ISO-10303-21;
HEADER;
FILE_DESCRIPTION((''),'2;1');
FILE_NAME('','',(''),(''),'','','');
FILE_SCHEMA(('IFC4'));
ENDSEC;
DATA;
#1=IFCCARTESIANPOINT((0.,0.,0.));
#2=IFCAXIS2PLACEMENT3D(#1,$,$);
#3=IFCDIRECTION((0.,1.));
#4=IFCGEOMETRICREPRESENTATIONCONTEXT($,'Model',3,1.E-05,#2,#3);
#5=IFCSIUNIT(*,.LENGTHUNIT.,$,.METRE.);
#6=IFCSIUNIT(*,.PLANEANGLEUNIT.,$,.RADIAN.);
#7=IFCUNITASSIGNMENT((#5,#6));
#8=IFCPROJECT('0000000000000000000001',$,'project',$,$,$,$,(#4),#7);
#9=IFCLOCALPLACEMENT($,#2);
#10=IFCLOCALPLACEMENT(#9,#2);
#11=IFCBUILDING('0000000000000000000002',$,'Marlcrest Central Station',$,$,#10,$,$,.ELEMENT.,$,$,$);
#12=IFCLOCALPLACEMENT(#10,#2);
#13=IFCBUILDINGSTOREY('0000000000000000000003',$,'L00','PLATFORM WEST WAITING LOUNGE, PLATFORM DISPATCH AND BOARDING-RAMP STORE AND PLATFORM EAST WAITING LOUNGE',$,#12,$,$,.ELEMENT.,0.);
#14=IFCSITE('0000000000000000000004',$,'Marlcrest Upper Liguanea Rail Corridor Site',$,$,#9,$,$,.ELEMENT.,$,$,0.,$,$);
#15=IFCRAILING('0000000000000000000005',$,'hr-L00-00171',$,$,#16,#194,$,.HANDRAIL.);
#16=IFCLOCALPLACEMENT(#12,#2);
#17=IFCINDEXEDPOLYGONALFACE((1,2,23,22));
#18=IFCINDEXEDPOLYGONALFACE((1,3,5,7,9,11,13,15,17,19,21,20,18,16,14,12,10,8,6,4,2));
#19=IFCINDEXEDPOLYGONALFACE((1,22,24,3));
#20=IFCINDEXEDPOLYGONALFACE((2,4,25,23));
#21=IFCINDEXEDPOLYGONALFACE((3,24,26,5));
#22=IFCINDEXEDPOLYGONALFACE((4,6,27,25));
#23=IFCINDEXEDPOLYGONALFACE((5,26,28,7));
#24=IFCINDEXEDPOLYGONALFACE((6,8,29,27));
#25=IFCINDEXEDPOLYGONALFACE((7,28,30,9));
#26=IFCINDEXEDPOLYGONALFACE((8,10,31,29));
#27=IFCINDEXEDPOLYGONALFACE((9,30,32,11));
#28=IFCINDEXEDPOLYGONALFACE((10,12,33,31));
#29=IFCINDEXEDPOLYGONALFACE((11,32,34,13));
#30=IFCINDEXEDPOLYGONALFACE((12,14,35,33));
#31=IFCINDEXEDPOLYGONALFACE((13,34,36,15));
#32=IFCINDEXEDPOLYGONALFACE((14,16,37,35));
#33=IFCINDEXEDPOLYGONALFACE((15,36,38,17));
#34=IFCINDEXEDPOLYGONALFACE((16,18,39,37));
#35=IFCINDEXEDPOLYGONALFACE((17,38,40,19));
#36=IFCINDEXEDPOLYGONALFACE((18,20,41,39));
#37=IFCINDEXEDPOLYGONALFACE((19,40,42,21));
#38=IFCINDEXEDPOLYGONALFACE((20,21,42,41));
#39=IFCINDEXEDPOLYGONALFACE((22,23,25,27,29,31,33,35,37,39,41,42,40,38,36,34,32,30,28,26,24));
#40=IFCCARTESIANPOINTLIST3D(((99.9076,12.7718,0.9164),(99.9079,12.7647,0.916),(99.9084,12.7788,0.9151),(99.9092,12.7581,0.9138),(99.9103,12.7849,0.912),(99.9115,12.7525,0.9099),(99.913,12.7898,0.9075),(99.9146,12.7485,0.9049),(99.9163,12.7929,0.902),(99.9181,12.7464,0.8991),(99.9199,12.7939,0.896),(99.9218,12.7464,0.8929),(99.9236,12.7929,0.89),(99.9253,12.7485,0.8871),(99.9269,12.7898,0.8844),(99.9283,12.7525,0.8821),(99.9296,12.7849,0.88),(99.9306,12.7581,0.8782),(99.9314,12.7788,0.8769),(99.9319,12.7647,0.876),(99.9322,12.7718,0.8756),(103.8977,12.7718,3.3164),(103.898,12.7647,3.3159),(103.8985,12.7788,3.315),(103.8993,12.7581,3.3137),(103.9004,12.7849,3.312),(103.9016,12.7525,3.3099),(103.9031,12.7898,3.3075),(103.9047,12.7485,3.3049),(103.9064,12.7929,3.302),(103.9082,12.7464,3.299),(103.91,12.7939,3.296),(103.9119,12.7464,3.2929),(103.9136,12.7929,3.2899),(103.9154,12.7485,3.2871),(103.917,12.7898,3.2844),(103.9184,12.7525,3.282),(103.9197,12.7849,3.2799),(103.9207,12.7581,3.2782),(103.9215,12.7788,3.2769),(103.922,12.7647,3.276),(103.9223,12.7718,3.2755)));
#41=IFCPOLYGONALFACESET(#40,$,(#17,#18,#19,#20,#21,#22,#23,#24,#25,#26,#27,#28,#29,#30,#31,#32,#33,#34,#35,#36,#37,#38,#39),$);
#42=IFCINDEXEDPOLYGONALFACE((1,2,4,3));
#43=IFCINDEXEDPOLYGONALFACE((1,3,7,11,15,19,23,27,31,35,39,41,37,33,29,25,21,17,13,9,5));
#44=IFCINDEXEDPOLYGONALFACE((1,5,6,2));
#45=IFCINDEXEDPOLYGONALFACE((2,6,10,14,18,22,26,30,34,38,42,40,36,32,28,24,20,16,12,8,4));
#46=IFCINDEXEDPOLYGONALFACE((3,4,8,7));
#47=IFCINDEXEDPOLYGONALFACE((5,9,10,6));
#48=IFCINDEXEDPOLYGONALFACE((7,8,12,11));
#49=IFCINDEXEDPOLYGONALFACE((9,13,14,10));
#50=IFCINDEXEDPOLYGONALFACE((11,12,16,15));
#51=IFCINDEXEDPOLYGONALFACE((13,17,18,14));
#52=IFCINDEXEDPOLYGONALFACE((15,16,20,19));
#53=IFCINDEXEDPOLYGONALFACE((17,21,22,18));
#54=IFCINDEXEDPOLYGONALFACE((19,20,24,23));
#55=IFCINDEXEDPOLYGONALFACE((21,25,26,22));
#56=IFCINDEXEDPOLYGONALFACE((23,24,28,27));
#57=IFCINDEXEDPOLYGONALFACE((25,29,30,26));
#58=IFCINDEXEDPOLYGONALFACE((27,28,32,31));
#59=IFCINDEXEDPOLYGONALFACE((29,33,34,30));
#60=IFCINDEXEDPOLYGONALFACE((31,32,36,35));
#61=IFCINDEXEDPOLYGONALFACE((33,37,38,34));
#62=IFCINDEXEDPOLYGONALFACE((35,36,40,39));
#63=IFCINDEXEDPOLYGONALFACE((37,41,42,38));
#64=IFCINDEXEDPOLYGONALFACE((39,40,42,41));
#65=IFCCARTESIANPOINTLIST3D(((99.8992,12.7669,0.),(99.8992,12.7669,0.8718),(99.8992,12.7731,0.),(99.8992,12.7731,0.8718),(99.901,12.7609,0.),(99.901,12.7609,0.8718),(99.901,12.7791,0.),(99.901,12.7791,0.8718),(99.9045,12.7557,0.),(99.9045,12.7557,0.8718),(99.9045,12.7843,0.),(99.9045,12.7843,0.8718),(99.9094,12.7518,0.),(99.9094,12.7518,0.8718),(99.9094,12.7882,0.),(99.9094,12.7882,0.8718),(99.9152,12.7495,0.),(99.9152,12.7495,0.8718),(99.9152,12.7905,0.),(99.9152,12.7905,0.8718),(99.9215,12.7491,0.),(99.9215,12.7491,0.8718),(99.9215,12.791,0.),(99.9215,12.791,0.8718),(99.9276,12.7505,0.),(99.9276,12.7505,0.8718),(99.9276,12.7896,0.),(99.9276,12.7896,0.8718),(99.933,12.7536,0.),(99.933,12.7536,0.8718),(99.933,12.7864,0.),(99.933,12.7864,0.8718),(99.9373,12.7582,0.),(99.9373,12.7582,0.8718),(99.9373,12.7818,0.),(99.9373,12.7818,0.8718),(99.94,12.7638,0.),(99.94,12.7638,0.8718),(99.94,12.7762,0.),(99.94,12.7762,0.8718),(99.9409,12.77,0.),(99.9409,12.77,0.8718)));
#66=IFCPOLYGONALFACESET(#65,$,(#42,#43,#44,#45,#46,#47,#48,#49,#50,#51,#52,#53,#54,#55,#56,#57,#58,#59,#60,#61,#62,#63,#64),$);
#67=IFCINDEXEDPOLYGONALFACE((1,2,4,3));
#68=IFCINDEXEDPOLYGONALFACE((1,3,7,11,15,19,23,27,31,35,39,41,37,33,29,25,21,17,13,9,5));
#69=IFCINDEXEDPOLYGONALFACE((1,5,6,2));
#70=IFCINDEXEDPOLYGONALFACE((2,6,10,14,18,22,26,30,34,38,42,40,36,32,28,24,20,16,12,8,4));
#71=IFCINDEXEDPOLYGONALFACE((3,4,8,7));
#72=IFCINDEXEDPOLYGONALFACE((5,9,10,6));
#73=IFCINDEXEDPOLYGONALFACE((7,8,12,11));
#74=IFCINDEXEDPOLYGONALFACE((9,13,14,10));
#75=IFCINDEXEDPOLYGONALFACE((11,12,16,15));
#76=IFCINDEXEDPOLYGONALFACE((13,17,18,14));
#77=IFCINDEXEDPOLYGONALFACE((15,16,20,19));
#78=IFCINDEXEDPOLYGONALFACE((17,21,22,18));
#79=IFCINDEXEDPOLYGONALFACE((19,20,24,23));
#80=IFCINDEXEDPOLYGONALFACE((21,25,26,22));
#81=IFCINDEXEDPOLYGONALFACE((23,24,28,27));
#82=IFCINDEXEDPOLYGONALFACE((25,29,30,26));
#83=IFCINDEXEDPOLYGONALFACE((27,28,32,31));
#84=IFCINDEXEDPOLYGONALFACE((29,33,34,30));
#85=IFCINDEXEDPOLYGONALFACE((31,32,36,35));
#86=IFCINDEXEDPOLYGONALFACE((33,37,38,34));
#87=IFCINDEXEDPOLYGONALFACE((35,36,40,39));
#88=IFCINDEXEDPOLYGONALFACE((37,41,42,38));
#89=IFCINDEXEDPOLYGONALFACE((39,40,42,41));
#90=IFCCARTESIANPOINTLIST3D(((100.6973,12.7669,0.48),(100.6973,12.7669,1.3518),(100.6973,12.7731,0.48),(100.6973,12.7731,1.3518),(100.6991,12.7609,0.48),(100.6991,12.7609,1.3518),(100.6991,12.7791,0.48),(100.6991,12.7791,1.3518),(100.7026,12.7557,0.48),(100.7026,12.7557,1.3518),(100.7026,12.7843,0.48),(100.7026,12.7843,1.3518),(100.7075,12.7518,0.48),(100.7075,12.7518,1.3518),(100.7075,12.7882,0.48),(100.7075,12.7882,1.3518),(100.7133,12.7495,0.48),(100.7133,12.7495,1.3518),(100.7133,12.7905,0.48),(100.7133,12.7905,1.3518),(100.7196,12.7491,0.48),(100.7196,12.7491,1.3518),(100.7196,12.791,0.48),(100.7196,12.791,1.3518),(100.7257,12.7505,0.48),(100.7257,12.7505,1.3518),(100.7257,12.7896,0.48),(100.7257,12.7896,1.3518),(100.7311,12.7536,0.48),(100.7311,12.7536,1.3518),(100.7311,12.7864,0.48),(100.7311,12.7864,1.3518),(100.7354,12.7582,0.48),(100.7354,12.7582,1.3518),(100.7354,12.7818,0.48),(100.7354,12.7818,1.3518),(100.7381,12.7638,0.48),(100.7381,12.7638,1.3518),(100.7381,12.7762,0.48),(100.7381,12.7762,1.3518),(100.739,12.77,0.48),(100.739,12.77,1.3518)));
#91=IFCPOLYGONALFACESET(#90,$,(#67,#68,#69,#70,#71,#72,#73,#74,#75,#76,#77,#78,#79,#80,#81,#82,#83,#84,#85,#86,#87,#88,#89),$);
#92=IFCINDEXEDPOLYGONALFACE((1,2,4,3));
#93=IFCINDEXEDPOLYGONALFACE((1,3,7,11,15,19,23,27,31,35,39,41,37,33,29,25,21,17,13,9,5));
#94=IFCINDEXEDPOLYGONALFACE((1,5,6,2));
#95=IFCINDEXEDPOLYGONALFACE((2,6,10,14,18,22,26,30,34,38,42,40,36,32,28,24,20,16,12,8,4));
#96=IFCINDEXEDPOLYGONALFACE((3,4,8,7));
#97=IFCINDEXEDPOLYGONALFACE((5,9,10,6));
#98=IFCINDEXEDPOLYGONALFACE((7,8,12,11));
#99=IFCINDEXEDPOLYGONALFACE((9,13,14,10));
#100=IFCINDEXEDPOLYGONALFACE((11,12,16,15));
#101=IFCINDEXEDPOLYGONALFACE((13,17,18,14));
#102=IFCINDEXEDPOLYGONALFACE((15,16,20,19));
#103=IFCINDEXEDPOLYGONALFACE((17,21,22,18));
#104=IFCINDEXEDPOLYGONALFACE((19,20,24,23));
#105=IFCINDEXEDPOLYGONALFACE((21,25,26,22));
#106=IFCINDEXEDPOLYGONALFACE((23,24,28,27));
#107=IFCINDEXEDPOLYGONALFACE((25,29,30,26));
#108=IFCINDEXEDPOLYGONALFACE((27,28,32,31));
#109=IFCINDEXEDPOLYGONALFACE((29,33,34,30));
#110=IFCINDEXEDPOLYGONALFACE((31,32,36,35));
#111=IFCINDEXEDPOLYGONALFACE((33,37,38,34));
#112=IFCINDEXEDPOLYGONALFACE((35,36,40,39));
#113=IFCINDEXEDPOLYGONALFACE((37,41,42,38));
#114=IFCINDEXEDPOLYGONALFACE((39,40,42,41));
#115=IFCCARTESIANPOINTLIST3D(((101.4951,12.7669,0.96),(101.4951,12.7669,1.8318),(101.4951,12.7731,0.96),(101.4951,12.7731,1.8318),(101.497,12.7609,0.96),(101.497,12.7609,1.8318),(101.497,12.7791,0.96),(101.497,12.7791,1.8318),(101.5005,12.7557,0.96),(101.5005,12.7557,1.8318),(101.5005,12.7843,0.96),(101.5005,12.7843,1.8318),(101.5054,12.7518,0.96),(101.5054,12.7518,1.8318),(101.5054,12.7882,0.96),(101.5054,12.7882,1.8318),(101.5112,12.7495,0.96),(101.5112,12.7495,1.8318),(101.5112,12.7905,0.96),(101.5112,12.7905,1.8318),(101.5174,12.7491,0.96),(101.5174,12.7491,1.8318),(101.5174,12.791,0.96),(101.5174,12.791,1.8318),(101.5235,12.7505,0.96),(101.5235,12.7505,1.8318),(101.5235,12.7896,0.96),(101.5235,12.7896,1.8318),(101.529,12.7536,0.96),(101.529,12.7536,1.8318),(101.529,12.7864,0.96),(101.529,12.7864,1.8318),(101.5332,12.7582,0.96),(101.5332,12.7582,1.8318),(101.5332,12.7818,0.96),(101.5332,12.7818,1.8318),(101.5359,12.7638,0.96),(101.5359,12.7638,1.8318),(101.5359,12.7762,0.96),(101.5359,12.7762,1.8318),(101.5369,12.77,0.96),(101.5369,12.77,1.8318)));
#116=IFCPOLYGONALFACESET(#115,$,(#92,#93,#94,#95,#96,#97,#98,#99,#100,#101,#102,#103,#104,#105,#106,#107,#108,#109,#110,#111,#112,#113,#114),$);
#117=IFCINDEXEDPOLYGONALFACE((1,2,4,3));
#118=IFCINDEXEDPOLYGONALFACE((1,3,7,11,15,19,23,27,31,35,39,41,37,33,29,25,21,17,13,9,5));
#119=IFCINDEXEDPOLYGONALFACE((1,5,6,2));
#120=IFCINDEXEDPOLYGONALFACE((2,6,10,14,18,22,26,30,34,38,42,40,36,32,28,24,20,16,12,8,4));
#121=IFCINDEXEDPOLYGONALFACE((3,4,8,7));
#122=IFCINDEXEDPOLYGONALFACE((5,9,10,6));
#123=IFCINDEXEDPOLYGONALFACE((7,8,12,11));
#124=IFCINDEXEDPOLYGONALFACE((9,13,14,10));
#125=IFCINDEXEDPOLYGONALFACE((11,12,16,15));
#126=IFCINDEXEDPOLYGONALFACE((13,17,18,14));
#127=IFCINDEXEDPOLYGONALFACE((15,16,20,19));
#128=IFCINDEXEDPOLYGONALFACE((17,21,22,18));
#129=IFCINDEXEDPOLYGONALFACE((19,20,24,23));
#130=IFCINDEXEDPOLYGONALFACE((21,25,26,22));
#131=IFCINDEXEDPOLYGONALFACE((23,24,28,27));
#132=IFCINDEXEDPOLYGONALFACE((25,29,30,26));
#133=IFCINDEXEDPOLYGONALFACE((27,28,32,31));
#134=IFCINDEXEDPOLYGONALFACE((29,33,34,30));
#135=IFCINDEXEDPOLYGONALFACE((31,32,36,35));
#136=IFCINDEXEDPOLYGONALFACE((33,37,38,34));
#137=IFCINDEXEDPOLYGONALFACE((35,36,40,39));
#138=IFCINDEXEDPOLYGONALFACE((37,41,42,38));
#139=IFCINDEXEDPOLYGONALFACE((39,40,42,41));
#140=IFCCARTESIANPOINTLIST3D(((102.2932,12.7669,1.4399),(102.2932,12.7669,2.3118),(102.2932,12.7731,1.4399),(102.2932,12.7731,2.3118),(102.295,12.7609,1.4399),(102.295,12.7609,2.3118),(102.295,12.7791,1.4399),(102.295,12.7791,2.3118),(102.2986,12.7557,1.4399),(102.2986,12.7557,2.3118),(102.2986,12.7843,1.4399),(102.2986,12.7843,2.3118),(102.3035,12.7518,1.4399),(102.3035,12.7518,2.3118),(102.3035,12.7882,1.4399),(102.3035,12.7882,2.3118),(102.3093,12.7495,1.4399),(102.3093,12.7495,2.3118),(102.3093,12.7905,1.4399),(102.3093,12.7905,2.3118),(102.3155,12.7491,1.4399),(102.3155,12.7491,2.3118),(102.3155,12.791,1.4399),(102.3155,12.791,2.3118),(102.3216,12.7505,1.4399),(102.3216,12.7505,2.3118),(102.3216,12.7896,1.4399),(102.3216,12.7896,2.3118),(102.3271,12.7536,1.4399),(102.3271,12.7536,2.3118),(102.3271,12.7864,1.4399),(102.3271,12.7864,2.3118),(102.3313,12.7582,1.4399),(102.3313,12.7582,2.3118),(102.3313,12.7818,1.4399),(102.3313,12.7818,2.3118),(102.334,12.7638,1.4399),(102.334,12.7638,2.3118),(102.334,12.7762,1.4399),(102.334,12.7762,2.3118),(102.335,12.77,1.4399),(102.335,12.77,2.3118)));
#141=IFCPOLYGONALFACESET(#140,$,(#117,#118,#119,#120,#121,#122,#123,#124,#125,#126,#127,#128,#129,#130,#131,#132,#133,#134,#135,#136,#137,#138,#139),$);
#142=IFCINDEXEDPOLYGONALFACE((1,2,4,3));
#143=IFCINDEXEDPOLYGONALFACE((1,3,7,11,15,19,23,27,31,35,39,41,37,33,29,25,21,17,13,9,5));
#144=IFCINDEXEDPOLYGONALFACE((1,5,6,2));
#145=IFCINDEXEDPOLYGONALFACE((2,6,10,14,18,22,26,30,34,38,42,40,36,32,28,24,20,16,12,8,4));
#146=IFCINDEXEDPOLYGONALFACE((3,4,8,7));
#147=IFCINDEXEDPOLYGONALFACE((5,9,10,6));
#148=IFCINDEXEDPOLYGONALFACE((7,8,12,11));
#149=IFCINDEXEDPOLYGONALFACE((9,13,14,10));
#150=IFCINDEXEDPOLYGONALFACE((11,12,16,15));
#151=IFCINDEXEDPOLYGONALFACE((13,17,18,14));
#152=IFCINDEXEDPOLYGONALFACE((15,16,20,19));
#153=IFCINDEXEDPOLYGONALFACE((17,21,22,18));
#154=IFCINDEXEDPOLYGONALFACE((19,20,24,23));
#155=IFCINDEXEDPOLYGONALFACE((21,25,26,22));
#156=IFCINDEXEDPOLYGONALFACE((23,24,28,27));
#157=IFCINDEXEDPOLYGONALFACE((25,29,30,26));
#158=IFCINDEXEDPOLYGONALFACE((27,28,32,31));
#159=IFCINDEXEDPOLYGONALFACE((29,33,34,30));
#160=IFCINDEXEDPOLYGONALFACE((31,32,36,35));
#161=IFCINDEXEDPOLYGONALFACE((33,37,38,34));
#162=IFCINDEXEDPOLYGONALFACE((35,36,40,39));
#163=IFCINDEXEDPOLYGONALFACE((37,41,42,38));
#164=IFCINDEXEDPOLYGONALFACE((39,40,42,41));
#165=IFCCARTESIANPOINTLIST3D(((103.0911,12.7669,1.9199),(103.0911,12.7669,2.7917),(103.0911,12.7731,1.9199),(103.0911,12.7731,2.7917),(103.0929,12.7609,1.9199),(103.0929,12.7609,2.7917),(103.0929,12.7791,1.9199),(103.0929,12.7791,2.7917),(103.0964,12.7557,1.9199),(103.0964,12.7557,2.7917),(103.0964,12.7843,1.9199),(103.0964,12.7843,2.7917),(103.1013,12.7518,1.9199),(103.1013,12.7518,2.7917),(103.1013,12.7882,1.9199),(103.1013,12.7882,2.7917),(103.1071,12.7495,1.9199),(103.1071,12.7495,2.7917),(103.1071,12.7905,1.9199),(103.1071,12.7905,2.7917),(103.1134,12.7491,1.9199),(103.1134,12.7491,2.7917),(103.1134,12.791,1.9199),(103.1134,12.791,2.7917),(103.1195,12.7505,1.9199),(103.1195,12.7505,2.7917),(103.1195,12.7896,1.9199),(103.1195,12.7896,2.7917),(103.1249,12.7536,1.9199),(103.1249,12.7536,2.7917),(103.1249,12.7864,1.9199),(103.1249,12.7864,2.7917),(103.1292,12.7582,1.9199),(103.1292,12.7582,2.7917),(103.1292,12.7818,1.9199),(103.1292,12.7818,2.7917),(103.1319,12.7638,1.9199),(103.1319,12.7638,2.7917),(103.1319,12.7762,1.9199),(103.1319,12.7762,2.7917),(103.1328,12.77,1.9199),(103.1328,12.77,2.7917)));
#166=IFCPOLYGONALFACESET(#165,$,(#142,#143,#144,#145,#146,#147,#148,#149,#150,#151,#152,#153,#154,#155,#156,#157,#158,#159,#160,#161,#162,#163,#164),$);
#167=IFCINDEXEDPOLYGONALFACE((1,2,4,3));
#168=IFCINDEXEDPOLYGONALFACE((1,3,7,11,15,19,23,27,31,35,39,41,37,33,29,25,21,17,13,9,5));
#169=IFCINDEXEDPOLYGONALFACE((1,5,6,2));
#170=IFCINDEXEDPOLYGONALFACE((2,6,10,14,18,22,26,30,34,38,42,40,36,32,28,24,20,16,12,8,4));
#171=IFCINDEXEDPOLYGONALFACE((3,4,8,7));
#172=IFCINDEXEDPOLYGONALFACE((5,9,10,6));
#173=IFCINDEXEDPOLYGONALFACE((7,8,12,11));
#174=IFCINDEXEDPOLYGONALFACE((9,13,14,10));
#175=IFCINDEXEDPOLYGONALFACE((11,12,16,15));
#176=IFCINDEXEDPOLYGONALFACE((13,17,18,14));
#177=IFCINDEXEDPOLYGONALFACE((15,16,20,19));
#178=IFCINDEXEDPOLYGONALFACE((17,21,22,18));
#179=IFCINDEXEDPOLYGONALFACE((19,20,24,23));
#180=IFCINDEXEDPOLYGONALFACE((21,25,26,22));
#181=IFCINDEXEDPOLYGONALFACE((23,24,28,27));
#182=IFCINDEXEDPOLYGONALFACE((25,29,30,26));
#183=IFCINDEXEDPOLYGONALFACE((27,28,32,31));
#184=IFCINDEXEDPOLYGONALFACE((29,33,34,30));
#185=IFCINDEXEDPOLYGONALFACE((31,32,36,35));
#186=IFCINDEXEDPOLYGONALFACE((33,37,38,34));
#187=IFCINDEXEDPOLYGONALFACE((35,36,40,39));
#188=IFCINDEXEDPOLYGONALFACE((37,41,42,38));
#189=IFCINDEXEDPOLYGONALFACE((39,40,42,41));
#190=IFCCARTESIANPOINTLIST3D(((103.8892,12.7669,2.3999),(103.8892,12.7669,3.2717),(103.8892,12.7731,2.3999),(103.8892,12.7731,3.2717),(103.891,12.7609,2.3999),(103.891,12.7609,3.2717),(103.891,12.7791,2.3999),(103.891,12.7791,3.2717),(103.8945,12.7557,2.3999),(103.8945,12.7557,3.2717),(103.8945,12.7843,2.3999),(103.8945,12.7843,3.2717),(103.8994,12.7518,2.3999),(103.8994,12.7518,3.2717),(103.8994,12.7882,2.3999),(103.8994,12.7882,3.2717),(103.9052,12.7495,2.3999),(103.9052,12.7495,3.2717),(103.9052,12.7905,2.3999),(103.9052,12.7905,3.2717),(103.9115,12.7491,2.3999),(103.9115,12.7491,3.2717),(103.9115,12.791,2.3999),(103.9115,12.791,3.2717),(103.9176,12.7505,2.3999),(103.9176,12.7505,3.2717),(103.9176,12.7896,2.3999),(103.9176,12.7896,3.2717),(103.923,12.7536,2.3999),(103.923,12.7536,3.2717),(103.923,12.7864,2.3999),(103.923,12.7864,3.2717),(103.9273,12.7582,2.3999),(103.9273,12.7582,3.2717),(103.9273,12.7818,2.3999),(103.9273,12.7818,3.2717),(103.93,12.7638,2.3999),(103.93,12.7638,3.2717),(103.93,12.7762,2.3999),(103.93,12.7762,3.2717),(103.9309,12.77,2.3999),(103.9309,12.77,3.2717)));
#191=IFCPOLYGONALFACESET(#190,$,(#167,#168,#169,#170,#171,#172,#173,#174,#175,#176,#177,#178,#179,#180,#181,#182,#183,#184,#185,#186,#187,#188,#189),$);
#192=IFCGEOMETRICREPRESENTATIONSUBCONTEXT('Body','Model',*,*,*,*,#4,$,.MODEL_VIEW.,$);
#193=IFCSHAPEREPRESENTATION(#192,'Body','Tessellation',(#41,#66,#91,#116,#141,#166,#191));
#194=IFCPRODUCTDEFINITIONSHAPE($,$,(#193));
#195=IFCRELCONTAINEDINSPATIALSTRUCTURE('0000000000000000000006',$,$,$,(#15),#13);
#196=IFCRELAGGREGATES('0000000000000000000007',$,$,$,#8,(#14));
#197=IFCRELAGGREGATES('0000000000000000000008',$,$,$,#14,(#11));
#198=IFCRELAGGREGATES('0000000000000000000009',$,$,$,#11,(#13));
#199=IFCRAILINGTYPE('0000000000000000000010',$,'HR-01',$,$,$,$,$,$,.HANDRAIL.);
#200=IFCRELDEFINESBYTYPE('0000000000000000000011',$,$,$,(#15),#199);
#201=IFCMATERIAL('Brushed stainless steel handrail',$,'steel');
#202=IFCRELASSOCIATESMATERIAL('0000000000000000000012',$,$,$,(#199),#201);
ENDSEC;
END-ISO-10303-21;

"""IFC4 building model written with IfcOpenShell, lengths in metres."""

from ifc_helpers import new_model, si_unit, direction, frame, origin, origin_2d, place, context, subcontext, project, spatial, circle, extrude, material, type_object, element, save


model = new_model("IFC4")

# Units and contexts
model_context = context("Model", 3, precision=1e-05, world=origin(), true_north=direction((0.0, 1.0)))
body_context = subcontext(model_context, "Body", "Model", "MODEL_VIEW")
ifc_project = project(units=[si_unit("LENGTHUNIT", "METRE"), si_unit("PLANEANGLEUNIT", "RADIAN")], contexts=[model_context])

# Site, building, storey
site_placement = place(None, origin())
site = spatial("IfcSite", under=ifc_project, at=site_placement, Name="Marlcrest Upper Liguanea Rail Corridor Site", CompositionType="ELEMENT", RefElevation=0.0)
building_placement = place(site_placement, origin())
building = spatial("IfcBuilding", under=site, at=building_placement, Name="Marlcrest Central Station", CompositionType="ELEMENT")
storey_placement = place(building_placement, origin())
storey = spatial("IfcBuildingStorey", under=building, at=storey_placement, Name="L00", Description="PLATFORM WEST WAITING LOUNGE, PLATFORM DISPATCH AND BOARDING-RAMP STORE AND PLATFORM EAST WAITING LOUNGE", CompositionType="ELEMENT", Elevation=0.0)

# Railing
ifc_material_1 = material(Name="Brushed stainless steel handrail", Category="steel")
railing_type_1 = type_object("IfcRailingType", Name="HR-01", PredefinedType="HANDRAIL", material=ifc_material_1)
railing_1_placement = place(storey_placement, frame((99.9199, 12.77, 0.0)))
element("IfcRailing", 1, at=railing_1_placement, inside=storey, type_object=railing_type_1, Name="hr-L00-00171", PredefinedType="HANDRAIL", context=body_context, shape_type="SweptSolid", body=[
    extrude(circle(Radius=0.0239, at=origin_2d()), frame((0.0, 0.0, 0.896), z_axis=(0.856933, 0.0, 0.515428), x_axis=(0.0, 1.0, 0.0)), (0.0, 0.0, 1.0), 4.6562),
    extrude(circle(Radius=0.021, at=origin_2d()), origin(), (0.0, 0.0, 1.0), 0.8718),
    extrude(circle(Radius=0.021, at=origin_2d()), frame((0.7981, 0.0, 0.48)), (0.0, 0.0, 1.0), 0.8718),
    extrude(circle(Radius=0.021, at=origin_2d()), frame((1.5959, 0.0, 0.96)), (0.0, 0.0, 1.0), 0.8718),
    extrude(circle(Radius=0.021, at=origin_2d()), frame((2.394, 0.0, 1.4399)), (0.0, 0.0, 1.0), 0.8718),
    extrude(circle(Radius=0.021, at=origin_2d()), frame((3.1919, 0.0, 1.9199)), (0.0, 0.0, 1.0), 0.8718),
    extrude(circle(Radius=0.021, at=origin_2d()), frame((3.99, 0.0, 2.3999)), (0.0, 0.0, 1.0), 0.8718),
])

save(model, "model.ifc")
